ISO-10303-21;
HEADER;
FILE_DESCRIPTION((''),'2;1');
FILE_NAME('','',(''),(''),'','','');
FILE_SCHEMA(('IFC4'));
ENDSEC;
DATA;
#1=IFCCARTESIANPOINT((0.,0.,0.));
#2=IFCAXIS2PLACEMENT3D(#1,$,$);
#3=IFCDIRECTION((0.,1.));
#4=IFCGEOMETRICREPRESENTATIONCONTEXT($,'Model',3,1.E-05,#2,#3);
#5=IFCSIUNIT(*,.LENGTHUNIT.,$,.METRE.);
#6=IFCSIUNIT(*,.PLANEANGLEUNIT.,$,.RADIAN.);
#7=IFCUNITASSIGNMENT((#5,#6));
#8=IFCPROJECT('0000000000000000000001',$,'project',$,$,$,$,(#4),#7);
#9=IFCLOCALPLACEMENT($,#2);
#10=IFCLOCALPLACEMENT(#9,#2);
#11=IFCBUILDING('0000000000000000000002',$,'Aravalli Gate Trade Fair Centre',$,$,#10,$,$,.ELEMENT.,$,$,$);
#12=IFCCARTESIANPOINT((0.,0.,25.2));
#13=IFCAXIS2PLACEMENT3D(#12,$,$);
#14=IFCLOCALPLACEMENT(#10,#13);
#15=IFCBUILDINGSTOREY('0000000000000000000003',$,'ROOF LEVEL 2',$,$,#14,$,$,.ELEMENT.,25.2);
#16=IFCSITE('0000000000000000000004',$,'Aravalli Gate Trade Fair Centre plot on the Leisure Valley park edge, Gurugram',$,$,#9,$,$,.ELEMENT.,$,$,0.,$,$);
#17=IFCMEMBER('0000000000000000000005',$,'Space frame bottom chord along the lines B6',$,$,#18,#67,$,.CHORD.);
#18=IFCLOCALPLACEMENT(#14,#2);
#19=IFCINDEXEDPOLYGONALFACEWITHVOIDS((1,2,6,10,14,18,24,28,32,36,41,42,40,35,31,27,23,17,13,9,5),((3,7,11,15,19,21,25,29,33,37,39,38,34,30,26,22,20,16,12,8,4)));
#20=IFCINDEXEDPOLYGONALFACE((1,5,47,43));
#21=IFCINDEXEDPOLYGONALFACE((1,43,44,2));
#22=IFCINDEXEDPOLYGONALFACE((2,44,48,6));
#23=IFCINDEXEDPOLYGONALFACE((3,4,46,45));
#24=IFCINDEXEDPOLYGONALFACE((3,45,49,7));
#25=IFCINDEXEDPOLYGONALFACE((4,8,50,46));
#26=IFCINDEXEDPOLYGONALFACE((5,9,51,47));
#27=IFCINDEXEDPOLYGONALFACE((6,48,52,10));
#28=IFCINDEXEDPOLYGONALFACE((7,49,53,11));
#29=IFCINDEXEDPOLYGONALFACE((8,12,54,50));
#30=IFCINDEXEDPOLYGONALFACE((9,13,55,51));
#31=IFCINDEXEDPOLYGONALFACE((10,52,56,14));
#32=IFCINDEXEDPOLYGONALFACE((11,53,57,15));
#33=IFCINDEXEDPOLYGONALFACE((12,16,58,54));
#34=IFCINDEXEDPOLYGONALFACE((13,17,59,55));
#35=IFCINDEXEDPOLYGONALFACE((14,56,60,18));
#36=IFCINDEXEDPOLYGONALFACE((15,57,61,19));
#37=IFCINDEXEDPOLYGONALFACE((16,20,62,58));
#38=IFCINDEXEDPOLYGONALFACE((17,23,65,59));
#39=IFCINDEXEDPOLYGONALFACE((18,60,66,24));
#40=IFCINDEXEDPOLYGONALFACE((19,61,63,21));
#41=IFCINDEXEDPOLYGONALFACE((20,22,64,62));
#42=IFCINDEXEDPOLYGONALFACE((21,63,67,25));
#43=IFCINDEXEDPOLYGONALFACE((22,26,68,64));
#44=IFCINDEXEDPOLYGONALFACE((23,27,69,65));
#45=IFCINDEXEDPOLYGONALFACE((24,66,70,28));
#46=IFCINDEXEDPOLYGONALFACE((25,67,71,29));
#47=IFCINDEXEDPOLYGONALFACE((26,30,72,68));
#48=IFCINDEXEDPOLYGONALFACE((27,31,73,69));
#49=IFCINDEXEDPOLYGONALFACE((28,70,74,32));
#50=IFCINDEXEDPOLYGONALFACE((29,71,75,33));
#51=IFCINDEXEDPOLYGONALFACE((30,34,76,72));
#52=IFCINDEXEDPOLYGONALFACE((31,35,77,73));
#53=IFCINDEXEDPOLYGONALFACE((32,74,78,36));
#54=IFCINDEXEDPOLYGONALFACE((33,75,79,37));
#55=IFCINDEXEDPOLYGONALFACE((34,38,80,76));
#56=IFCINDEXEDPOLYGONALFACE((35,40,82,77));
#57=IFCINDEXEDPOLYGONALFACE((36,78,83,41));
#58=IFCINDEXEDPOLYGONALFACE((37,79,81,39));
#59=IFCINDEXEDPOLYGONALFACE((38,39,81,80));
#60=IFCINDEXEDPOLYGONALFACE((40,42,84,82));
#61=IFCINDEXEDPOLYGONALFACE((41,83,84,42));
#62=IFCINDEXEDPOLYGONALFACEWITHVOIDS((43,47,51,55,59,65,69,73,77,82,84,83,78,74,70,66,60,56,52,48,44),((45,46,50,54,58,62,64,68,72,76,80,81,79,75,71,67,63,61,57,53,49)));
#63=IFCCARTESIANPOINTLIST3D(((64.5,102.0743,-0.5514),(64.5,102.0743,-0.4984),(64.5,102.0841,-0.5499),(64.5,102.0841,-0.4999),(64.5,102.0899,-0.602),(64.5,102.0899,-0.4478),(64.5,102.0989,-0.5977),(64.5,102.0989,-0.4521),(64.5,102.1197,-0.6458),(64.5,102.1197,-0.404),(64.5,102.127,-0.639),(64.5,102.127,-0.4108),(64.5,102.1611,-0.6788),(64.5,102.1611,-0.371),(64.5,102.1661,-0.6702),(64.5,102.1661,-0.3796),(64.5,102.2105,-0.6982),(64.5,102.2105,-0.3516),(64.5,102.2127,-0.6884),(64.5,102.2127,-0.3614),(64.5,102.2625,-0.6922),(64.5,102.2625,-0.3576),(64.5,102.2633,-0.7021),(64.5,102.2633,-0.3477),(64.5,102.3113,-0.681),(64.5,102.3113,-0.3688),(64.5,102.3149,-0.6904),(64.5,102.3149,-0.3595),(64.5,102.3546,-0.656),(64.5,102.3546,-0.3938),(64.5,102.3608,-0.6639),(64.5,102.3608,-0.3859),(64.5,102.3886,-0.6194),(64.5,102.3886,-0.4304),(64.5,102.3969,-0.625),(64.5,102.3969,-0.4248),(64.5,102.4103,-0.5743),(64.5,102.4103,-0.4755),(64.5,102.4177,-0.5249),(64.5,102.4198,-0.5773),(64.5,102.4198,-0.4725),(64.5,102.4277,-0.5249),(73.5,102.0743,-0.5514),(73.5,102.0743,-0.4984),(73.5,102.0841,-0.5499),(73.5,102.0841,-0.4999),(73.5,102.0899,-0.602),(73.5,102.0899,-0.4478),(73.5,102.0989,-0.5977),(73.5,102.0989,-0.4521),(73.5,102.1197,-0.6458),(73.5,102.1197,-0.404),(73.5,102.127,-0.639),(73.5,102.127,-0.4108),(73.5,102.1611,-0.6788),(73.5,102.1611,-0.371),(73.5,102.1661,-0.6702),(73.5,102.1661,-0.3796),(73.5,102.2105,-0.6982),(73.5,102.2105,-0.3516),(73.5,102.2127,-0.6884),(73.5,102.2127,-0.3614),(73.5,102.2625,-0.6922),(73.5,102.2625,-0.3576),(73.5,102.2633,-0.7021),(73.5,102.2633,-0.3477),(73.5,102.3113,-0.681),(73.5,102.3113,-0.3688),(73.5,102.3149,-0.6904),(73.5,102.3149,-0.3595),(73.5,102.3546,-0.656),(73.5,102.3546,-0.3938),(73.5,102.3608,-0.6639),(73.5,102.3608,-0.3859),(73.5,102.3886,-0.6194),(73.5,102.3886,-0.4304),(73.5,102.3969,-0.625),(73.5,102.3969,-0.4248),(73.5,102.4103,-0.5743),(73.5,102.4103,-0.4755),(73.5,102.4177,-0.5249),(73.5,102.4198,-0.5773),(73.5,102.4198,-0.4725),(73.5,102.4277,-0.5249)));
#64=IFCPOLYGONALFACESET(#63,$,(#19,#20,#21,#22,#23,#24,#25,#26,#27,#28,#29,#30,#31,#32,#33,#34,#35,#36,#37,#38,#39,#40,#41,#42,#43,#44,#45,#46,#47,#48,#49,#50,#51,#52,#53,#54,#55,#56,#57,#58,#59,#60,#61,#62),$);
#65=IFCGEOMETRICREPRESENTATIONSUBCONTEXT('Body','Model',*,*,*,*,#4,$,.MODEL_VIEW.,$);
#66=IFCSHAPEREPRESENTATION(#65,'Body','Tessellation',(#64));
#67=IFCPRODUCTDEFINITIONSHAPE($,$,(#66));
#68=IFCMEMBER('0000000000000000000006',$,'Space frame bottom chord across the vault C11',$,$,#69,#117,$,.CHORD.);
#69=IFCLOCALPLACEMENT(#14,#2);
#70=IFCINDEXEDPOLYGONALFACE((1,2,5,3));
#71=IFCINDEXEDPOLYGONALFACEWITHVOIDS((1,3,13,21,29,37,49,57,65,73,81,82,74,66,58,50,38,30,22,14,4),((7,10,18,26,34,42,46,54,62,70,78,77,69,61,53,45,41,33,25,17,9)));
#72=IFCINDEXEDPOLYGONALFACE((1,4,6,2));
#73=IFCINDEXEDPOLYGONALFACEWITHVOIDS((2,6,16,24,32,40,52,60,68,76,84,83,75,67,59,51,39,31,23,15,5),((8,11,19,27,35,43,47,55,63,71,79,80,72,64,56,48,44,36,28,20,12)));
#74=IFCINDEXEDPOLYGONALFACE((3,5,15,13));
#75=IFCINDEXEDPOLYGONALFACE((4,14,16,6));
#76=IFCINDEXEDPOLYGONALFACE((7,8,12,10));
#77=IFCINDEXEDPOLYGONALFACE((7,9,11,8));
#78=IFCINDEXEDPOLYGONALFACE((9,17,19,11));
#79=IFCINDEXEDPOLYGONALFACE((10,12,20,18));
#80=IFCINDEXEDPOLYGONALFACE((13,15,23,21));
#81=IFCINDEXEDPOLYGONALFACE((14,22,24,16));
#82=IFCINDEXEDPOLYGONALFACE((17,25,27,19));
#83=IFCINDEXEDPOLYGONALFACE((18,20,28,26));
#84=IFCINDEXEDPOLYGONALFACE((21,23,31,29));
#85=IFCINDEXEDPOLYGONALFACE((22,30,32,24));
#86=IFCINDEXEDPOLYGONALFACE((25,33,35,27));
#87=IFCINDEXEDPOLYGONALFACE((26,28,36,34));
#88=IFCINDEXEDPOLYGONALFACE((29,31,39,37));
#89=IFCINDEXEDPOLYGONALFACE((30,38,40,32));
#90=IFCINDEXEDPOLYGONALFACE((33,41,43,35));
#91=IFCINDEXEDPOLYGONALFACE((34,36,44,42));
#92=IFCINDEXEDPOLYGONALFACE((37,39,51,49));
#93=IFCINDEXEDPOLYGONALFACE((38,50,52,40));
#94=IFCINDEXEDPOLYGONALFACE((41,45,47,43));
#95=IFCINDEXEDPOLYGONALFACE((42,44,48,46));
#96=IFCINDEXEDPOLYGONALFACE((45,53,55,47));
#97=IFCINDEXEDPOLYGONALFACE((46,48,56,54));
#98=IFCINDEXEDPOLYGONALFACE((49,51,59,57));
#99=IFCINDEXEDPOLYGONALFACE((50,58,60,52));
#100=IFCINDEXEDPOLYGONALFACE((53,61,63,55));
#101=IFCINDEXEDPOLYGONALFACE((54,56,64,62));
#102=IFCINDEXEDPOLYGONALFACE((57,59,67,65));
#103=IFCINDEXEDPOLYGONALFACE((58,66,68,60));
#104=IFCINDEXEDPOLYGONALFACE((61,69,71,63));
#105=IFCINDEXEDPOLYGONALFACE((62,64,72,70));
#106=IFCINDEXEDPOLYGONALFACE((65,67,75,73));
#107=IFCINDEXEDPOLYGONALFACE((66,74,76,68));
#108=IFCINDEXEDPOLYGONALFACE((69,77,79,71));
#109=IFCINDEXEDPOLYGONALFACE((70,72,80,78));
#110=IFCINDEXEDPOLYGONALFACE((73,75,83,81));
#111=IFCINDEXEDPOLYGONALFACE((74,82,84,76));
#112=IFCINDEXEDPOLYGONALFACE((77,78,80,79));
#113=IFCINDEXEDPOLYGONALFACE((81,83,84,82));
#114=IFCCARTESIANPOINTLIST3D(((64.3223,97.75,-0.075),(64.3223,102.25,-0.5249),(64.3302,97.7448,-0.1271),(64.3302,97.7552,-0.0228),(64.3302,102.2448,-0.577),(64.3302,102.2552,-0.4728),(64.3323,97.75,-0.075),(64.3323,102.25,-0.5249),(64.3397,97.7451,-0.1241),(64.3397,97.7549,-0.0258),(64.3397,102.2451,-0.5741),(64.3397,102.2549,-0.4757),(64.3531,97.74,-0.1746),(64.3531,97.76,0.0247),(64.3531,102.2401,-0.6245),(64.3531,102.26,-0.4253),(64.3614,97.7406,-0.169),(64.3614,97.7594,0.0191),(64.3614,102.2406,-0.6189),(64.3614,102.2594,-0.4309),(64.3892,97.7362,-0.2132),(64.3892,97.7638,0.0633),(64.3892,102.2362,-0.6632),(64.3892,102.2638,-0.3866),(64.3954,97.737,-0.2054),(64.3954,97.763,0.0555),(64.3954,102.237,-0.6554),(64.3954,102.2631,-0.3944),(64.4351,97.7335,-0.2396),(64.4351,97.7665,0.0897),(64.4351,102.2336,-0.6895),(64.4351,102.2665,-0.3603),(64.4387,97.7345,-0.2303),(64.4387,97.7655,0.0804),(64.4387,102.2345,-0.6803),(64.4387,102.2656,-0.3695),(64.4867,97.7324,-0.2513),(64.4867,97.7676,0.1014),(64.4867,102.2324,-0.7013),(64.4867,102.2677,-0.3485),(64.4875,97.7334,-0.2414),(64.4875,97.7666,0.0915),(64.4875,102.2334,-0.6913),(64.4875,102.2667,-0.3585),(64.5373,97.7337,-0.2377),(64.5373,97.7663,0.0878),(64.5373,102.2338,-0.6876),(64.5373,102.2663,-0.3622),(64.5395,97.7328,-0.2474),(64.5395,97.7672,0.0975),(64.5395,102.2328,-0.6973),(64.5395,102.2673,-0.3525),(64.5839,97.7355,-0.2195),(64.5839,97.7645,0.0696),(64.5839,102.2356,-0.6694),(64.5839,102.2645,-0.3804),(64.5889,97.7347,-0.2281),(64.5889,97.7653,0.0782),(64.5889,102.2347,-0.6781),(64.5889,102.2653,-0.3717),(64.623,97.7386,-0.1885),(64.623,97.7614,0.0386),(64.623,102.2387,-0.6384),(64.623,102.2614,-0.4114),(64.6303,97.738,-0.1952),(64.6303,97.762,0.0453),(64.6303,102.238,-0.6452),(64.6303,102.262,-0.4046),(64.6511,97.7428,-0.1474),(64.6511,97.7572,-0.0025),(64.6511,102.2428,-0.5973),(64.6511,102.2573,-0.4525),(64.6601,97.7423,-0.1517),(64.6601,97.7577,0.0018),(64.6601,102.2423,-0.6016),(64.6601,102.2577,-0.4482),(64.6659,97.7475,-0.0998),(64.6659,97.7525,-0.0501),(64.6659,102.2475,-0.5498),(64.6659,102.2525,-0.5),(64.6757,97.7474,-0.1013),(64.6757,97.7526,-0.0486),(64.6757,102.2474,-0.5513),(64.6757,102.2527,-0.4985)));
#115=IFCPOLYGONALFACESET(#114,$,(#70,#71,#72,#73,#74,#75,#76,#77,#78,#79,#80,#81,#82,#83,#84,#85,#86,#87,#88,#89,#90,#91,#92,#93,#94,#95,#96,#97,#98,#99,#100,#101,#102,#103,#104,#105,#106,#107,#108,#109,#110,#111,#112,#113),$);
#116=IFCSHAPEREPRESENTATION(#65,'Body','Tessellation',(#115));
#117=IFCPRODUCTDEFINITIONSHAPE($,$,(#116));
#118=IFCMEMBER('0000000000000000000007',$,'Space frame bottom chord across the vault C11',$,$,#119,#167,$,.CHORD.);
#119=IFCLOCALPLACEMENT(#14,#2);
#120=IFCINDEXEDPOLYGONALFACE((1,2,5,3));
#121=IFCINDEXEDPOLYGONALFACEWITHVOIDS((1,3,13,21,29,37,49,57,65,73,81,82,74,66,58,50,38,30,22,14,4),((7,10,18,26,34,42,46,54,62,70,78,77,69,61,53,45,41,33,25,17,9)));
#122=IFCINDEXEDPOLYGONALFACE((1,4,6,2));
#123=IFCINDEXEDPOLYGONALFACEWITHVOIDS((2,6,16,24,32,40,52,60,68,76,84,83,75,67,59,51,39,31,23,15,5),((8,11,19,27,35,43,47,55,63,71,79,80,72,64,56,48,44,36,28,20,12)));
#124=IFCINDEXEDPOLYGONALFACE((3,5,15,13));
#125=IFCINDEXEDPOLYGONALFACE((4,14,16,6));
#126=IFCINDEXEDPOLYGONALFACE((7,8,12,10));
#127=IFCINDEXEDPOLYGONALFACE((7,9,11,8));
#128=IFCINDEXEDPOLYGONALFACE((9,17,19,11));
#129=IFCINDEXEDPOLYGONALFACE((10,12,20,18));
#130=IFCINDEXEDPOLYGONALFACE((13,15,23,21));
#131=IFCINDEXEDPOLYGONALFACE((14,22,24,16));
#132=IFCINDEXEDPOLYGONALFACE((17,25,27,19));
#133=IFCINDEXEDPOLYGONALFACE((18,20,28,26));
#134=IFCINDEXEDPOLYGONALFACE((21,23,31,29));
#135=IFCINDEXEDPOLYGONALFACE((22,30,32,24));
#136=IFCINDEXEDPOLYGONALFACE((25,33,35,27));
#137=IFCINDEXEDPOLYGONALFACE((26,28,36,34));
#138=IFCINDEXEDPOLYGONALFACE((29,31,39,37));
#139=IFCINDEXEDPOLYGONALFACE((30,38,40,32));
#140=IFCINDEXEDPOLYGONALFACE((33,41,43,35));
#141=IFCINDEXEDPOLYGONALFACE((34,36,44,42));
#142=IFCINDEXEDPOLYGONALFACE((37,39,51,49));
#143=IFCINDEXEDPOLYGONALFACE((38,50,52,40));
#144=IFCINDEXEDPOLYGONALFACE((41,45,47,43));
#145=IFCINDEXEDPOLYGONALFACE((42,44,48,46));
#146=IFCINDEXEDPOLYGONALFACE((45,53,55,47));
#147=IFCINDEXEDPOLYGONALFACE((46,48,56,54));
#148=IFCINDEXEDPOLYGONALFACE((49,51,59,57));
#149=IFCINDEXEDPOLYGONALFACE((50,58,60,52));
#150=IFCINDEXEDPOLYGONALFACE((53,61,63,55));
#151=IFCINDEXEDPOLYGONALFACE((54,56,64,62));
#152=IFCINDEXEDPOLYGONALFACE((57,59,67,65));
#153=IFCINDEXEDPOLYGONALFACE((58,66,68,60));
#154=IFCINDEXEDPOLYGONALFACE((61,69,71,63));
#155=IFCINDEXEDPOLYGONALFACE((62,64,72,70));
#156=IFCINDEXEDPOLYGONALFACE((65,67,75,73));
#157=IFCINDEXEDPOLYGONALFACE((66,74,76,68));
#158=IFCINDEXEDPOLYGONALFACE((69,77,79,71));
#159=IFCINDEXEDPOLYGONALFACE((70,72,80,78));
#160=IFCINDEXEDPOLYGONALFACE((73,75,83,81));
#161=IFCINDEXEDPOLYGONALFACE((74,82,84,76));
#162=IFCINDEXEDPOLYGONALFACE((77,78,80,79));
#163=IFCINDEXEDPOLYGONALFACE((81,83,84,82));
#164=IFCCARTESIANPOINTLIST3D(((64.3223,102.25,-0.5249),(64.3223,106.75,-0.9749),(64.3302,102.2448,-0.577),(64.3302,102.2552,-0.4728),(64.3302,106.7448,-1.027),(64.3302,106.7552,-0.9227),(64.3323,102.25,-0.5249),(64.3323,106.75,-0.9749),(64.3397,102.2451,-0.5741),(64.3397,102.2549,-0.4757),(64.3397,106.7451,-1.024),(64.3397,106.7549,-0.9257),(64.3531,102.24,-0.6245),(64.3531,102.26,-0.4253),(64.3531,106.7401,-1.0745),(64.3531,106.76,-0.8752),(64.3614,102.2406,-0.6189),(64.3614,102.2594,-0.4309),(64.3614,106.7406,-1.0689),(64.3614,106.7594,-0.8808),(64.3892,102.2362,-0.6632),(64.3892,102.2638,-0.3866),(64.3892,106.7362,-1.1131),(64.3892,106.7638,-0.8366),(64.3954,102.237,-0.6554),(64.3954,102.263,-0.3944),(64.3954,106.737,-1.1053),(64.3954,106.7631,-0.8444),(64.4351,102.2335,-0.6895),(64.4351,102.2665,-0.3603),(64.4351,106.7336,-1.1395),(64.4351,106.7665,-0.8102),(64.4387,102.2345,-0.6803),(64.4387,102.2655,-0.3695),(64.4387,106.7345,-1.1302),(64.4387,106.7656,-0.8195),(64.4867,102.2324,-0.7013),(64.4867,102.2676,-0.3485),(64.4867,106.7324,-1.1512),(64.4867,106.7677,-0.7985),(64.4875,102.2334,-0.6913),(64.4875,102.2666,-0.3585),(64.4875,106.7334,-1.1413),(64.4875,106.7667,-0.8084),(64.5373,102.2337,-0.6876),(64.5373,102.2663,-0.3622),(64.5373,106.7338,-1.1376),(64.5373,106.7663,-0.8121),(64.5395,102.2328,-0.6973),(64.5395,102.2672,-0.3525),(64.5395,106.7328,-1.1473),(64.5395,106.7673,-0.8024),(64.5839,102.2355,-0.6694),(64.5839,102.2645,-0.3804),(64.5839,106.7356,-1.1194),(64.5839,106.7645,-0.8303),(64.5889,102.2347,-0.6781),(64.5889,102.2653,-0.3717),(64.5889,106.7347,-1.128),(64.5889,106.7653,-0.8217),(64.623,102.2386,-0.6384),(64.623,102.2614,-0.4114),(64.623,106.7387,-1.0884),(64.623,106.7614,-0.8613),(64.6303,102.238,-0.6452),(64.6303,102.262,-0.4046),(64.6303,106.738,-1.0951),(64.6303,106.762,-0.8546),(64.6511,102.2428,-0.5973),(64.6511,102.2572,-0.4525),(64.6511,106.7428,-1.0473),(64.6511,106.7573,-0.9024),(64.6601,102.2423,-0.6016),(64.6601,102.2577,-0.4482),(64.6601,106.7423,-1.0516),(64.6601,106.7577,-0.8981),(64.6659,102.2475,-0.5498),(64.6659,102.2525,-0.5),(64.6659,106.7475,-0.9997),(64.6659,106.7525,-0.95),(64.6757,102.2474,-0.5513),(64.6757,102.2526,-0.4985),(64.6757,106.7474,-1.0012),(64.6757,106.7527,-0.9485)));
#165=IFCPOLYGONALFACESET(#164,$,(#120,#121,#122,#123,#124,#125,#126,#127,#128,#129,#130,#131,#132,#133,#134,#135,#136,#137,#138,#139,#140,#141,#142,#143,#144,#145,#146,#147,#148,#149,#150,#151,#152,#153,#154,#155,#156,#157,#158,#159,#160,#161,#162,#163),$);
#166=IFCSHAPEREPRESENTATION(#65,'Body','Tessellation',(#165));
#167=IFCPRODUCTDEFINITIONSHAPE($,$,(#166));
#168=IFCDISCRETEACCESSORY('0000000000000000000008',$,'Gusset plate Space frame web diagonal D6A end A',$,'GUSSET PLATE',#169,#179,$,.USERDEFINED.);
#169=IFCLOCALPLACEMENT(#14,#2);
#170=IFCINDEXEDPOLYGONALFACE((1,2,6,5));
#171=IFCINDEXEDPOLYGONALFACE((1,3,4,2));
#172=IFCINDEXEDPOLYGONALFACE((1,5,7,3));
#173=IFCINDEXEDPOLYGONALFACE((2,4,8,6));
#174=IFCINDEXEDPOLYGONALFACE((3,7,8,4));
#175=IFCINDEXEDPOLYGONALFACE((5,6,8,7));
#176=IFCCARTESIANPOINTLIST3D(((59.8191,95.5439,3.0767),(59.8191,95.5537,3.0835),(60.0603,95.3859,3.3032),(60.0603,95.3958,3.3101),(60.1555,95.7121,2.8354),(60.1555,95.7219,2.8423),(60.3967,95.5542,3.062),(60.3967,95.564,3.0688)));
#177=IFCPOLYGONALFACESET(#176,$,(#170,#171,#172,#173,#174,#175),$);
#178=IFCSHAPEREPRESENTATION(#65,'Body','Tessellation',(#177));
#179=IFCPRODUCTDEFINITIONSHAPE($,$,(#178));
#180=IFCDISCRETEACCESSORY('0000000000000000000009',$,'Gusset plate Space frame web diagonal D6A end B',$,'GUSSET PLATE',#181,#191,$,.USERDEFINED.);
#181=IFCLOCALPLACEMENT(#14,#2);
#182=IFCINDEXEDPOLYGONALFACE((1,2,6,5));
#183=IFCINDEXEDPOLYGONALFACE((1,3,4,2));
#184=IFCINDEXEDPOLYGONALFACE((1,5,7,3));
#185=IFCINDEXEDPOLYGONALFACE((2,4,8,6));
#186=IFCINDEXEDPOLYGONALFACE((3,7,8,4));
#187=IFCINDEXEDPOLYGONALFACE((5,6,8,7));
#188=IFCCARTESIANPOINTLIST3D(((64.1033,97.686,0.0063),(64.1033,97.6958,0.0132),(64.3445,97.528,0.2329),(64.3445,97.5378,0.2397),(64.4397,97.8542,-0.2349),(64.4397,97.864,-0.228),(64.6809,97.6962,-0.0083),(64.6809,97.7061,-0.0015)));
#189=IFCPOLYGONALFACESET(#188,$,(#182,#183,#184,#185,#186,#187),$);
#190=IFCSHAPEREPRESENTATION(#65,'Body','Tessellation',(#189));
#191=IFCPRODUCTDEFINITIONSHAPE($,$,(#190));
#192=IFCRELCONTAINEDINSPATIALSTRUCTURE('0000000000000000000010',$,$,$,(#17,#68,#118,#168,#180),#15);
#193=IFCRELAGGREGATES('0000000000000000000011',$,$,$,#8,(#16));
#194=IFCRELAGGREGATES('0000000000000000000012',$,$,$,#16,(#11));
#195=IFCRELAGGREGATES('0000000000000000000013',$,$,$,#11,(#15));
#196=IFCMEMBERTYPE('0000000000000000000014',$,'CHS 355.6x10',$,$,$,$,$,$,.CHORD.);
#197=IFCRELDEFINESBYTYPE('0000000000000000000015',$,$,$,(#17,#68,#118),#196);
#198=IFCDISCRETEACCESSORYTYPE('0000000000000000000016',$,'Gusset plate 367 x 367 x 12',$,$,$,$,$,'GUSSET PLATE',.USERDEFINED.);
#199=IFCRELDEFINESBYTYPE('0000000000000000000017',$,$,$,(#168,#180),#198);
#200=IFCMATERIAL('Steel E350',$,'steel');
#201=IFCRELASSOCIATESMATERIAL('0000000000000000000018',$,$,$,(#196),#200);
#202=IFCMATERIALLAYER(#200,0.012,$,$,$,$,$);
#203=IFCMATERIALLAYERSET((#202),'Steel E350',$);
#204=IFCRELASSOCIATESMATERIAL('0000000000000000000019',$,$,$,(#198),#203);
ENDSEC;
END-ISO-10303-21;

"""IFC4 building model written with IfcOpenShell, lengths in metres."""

from ifc_helpers import new_model, si_unit, direction, frame, origin, origin_2d, place, context, subcontext, project, spatial, polyline, hollow_circle, outline, extrude, material, layer, layer_set, material_profile, profile_set, type_object, element, save


model = new_model("IFC4")

# Units and contexts
model_context = context("Model", 3, precision=1e-05, world=origin(), true_north=direction((0.0, 1.0)))
body_context = subcontext(model_context, "Body", "Model", "MODEL_VIEW")
ifc_project = project(units=[si_unit("LENGTHUNIT", "METRE"), si_unit("PLANEANGLEUNIT", "RADIAN")], contexts=[model_context])

# Site, building, storey
site_placement = place(None, origin())
site = spatial("IfcSite", under=ifc_project, at=site_placement, Name="Aravalli Gate Trade Fair Centre plot on the Leisure Valley park edge, Gurugram", CompositionType="ELEMENT", RefElevation=0.0)
building_placement = place(site_placement, origin())
building = spatial("IfcBuilding", under=site, at=building_placement, Name="Aravalli Gate Trade Fair Centre", CompositionType="ELEMENT")
storey_placement = place(building_placement, frame((0.0, 0.0, 25.2)))
storey = spatial("IfcBuildingStorey", under=building, at=storey_placement, Name="ROOF LEVEL 2", CompositionType="ELEMENT", Elevation=25.2)

# Members
ifc_material = material(Name="Steel E350", Category="steel")
ifc_material_profile_1 = material_profile(ifc_material, hollow_circle(Radius=0.1777, WallThickness=0.01, at=origin_2d()), Name="CHS 355.6x10")
ifc_profile_set_1 = profile_set([ifc_material_profile_1], Name="Steel E350")
member_type_1 = type_object("IfcMemberType", Name="CHS 355.6x10", PredefinedType="CHORD", material=ifc_profile_set_1)
for number, where, z_axis, x_axis, name in (
    (1, (64.5, 102.25, -0.5249), (1.0, 0.0, 0.0), (0.0, 1.0, 0.0), "Space frame bottom chord along the lines B6"),
):
    element("IfcMember", number, at=place(storey_placement, frame(where, z_axis=z_axis, x_axis=x_axis)), inside=storey, type_object=member_type_1, Name=name, PredefinedType="CHORD", context=body_context, shape_type="SweptSolid", body=[
        extrude(hollow_circle(Radius=0.1777, WallThickness=0.01, at=origin_2d()), origin(), (0.0, 0.0, 1.0), 9.0),
    ])
for number, where, z_axis, x_axis, name in (
    (2, (64.5, 97.75, -0.075), (0.0, 0.995038, -0.099493), (-1.0, 0.0, 0.0), "Space frame bottom chord across the vault C11"),
    (3, (64.5, 102.25, -0.5249), (0.0, 0.995038, -0.099493), (-1.0, 0.0, 0.0), "Space frame bottom chord across the vault C11"),
):
    element("IfcMember", number, at=place(storey_placement, frame(where, z_axis=z_axis, x_axis=x_axis)), inside=storey, type_object=member_type_1, Name=name, PredefinedType="CHORD", context=body_context, shape_type="SweptSolid", body=[
        extrude(hollow_circle(Radius=0.1777, WallThickness=0.01, at=origin_2d()), origin(), (0.0, 0.0, 1.0), 4.5225),
    ])

# Discrete accessories
ifc_layer = layer(ifc_material, 0.012)
ifc_layer_set = layer_set([ifc_layer], Name="Steel E350")
discrete_accessory_type = type_object("IfcDiscreteAccessoryType", Name="Gusset plate 367 x 367 x 12", ElementType="GUSSET PLATE", PredefinedType="USERDEFINED", material=ifc_layer_set)
discrete_accessory_1_placement = place(storey_placement, frame((60.1555, 95.7219, 2.8423), z_axis=(-0.000057, 0.820282, 0.57196), x_axis=(-0.75291, -0.376455, 0.539822)))
element("IfcDiscreteAccessory", 4, at=discrete_accessory_1_placement, inside=storey, type_object=discrete_accessory_type, Name="Gusset plate Space frame web diagonal D6A end A", ObjectType="GUSSET PLATE", PredefinedType="USERDEFINED", context=body_context, shape_type="SweptSolid", body=[
    extrude(outline(polyline([(0.0, 0.0), (0.4468, 0.0), (0.447, 0.3667), (0.0002, 0.3667), (0.0, 0.0)])), origin(), (0.0, 0.0, -1.0), 0.012),
])
discrete_accessory_2_placement = place(storey_placement, frame((64.1033, 97.6958, 0.0132), z_axis=(-0.000057, 0.820282, 0.57196), x_axis=(0.75291, 0.376455, -0.539822)))
element("IfcDiscreteAccessory", 5, at=discrete_accessory_2_placement, inside=storey, type_object=discrete_accessory_type, Name="Gusset plate Space frame web diagonal D6A end B", ObjectType="GUSSET PLATE", PredefinedType="USERDEFINED", context=body_context, shape_type="SweptSolid", body=[
    extrude(outline(polyline([(0.0, 0.0), (0.4468, 0.0), (0.4467, -0.3667), (-0.0002, -0.3667), (0.0, 0.0)])), origin(), (0.0, 0.0, -1.0), 0.012),
])

save(model, "model.ifc")
